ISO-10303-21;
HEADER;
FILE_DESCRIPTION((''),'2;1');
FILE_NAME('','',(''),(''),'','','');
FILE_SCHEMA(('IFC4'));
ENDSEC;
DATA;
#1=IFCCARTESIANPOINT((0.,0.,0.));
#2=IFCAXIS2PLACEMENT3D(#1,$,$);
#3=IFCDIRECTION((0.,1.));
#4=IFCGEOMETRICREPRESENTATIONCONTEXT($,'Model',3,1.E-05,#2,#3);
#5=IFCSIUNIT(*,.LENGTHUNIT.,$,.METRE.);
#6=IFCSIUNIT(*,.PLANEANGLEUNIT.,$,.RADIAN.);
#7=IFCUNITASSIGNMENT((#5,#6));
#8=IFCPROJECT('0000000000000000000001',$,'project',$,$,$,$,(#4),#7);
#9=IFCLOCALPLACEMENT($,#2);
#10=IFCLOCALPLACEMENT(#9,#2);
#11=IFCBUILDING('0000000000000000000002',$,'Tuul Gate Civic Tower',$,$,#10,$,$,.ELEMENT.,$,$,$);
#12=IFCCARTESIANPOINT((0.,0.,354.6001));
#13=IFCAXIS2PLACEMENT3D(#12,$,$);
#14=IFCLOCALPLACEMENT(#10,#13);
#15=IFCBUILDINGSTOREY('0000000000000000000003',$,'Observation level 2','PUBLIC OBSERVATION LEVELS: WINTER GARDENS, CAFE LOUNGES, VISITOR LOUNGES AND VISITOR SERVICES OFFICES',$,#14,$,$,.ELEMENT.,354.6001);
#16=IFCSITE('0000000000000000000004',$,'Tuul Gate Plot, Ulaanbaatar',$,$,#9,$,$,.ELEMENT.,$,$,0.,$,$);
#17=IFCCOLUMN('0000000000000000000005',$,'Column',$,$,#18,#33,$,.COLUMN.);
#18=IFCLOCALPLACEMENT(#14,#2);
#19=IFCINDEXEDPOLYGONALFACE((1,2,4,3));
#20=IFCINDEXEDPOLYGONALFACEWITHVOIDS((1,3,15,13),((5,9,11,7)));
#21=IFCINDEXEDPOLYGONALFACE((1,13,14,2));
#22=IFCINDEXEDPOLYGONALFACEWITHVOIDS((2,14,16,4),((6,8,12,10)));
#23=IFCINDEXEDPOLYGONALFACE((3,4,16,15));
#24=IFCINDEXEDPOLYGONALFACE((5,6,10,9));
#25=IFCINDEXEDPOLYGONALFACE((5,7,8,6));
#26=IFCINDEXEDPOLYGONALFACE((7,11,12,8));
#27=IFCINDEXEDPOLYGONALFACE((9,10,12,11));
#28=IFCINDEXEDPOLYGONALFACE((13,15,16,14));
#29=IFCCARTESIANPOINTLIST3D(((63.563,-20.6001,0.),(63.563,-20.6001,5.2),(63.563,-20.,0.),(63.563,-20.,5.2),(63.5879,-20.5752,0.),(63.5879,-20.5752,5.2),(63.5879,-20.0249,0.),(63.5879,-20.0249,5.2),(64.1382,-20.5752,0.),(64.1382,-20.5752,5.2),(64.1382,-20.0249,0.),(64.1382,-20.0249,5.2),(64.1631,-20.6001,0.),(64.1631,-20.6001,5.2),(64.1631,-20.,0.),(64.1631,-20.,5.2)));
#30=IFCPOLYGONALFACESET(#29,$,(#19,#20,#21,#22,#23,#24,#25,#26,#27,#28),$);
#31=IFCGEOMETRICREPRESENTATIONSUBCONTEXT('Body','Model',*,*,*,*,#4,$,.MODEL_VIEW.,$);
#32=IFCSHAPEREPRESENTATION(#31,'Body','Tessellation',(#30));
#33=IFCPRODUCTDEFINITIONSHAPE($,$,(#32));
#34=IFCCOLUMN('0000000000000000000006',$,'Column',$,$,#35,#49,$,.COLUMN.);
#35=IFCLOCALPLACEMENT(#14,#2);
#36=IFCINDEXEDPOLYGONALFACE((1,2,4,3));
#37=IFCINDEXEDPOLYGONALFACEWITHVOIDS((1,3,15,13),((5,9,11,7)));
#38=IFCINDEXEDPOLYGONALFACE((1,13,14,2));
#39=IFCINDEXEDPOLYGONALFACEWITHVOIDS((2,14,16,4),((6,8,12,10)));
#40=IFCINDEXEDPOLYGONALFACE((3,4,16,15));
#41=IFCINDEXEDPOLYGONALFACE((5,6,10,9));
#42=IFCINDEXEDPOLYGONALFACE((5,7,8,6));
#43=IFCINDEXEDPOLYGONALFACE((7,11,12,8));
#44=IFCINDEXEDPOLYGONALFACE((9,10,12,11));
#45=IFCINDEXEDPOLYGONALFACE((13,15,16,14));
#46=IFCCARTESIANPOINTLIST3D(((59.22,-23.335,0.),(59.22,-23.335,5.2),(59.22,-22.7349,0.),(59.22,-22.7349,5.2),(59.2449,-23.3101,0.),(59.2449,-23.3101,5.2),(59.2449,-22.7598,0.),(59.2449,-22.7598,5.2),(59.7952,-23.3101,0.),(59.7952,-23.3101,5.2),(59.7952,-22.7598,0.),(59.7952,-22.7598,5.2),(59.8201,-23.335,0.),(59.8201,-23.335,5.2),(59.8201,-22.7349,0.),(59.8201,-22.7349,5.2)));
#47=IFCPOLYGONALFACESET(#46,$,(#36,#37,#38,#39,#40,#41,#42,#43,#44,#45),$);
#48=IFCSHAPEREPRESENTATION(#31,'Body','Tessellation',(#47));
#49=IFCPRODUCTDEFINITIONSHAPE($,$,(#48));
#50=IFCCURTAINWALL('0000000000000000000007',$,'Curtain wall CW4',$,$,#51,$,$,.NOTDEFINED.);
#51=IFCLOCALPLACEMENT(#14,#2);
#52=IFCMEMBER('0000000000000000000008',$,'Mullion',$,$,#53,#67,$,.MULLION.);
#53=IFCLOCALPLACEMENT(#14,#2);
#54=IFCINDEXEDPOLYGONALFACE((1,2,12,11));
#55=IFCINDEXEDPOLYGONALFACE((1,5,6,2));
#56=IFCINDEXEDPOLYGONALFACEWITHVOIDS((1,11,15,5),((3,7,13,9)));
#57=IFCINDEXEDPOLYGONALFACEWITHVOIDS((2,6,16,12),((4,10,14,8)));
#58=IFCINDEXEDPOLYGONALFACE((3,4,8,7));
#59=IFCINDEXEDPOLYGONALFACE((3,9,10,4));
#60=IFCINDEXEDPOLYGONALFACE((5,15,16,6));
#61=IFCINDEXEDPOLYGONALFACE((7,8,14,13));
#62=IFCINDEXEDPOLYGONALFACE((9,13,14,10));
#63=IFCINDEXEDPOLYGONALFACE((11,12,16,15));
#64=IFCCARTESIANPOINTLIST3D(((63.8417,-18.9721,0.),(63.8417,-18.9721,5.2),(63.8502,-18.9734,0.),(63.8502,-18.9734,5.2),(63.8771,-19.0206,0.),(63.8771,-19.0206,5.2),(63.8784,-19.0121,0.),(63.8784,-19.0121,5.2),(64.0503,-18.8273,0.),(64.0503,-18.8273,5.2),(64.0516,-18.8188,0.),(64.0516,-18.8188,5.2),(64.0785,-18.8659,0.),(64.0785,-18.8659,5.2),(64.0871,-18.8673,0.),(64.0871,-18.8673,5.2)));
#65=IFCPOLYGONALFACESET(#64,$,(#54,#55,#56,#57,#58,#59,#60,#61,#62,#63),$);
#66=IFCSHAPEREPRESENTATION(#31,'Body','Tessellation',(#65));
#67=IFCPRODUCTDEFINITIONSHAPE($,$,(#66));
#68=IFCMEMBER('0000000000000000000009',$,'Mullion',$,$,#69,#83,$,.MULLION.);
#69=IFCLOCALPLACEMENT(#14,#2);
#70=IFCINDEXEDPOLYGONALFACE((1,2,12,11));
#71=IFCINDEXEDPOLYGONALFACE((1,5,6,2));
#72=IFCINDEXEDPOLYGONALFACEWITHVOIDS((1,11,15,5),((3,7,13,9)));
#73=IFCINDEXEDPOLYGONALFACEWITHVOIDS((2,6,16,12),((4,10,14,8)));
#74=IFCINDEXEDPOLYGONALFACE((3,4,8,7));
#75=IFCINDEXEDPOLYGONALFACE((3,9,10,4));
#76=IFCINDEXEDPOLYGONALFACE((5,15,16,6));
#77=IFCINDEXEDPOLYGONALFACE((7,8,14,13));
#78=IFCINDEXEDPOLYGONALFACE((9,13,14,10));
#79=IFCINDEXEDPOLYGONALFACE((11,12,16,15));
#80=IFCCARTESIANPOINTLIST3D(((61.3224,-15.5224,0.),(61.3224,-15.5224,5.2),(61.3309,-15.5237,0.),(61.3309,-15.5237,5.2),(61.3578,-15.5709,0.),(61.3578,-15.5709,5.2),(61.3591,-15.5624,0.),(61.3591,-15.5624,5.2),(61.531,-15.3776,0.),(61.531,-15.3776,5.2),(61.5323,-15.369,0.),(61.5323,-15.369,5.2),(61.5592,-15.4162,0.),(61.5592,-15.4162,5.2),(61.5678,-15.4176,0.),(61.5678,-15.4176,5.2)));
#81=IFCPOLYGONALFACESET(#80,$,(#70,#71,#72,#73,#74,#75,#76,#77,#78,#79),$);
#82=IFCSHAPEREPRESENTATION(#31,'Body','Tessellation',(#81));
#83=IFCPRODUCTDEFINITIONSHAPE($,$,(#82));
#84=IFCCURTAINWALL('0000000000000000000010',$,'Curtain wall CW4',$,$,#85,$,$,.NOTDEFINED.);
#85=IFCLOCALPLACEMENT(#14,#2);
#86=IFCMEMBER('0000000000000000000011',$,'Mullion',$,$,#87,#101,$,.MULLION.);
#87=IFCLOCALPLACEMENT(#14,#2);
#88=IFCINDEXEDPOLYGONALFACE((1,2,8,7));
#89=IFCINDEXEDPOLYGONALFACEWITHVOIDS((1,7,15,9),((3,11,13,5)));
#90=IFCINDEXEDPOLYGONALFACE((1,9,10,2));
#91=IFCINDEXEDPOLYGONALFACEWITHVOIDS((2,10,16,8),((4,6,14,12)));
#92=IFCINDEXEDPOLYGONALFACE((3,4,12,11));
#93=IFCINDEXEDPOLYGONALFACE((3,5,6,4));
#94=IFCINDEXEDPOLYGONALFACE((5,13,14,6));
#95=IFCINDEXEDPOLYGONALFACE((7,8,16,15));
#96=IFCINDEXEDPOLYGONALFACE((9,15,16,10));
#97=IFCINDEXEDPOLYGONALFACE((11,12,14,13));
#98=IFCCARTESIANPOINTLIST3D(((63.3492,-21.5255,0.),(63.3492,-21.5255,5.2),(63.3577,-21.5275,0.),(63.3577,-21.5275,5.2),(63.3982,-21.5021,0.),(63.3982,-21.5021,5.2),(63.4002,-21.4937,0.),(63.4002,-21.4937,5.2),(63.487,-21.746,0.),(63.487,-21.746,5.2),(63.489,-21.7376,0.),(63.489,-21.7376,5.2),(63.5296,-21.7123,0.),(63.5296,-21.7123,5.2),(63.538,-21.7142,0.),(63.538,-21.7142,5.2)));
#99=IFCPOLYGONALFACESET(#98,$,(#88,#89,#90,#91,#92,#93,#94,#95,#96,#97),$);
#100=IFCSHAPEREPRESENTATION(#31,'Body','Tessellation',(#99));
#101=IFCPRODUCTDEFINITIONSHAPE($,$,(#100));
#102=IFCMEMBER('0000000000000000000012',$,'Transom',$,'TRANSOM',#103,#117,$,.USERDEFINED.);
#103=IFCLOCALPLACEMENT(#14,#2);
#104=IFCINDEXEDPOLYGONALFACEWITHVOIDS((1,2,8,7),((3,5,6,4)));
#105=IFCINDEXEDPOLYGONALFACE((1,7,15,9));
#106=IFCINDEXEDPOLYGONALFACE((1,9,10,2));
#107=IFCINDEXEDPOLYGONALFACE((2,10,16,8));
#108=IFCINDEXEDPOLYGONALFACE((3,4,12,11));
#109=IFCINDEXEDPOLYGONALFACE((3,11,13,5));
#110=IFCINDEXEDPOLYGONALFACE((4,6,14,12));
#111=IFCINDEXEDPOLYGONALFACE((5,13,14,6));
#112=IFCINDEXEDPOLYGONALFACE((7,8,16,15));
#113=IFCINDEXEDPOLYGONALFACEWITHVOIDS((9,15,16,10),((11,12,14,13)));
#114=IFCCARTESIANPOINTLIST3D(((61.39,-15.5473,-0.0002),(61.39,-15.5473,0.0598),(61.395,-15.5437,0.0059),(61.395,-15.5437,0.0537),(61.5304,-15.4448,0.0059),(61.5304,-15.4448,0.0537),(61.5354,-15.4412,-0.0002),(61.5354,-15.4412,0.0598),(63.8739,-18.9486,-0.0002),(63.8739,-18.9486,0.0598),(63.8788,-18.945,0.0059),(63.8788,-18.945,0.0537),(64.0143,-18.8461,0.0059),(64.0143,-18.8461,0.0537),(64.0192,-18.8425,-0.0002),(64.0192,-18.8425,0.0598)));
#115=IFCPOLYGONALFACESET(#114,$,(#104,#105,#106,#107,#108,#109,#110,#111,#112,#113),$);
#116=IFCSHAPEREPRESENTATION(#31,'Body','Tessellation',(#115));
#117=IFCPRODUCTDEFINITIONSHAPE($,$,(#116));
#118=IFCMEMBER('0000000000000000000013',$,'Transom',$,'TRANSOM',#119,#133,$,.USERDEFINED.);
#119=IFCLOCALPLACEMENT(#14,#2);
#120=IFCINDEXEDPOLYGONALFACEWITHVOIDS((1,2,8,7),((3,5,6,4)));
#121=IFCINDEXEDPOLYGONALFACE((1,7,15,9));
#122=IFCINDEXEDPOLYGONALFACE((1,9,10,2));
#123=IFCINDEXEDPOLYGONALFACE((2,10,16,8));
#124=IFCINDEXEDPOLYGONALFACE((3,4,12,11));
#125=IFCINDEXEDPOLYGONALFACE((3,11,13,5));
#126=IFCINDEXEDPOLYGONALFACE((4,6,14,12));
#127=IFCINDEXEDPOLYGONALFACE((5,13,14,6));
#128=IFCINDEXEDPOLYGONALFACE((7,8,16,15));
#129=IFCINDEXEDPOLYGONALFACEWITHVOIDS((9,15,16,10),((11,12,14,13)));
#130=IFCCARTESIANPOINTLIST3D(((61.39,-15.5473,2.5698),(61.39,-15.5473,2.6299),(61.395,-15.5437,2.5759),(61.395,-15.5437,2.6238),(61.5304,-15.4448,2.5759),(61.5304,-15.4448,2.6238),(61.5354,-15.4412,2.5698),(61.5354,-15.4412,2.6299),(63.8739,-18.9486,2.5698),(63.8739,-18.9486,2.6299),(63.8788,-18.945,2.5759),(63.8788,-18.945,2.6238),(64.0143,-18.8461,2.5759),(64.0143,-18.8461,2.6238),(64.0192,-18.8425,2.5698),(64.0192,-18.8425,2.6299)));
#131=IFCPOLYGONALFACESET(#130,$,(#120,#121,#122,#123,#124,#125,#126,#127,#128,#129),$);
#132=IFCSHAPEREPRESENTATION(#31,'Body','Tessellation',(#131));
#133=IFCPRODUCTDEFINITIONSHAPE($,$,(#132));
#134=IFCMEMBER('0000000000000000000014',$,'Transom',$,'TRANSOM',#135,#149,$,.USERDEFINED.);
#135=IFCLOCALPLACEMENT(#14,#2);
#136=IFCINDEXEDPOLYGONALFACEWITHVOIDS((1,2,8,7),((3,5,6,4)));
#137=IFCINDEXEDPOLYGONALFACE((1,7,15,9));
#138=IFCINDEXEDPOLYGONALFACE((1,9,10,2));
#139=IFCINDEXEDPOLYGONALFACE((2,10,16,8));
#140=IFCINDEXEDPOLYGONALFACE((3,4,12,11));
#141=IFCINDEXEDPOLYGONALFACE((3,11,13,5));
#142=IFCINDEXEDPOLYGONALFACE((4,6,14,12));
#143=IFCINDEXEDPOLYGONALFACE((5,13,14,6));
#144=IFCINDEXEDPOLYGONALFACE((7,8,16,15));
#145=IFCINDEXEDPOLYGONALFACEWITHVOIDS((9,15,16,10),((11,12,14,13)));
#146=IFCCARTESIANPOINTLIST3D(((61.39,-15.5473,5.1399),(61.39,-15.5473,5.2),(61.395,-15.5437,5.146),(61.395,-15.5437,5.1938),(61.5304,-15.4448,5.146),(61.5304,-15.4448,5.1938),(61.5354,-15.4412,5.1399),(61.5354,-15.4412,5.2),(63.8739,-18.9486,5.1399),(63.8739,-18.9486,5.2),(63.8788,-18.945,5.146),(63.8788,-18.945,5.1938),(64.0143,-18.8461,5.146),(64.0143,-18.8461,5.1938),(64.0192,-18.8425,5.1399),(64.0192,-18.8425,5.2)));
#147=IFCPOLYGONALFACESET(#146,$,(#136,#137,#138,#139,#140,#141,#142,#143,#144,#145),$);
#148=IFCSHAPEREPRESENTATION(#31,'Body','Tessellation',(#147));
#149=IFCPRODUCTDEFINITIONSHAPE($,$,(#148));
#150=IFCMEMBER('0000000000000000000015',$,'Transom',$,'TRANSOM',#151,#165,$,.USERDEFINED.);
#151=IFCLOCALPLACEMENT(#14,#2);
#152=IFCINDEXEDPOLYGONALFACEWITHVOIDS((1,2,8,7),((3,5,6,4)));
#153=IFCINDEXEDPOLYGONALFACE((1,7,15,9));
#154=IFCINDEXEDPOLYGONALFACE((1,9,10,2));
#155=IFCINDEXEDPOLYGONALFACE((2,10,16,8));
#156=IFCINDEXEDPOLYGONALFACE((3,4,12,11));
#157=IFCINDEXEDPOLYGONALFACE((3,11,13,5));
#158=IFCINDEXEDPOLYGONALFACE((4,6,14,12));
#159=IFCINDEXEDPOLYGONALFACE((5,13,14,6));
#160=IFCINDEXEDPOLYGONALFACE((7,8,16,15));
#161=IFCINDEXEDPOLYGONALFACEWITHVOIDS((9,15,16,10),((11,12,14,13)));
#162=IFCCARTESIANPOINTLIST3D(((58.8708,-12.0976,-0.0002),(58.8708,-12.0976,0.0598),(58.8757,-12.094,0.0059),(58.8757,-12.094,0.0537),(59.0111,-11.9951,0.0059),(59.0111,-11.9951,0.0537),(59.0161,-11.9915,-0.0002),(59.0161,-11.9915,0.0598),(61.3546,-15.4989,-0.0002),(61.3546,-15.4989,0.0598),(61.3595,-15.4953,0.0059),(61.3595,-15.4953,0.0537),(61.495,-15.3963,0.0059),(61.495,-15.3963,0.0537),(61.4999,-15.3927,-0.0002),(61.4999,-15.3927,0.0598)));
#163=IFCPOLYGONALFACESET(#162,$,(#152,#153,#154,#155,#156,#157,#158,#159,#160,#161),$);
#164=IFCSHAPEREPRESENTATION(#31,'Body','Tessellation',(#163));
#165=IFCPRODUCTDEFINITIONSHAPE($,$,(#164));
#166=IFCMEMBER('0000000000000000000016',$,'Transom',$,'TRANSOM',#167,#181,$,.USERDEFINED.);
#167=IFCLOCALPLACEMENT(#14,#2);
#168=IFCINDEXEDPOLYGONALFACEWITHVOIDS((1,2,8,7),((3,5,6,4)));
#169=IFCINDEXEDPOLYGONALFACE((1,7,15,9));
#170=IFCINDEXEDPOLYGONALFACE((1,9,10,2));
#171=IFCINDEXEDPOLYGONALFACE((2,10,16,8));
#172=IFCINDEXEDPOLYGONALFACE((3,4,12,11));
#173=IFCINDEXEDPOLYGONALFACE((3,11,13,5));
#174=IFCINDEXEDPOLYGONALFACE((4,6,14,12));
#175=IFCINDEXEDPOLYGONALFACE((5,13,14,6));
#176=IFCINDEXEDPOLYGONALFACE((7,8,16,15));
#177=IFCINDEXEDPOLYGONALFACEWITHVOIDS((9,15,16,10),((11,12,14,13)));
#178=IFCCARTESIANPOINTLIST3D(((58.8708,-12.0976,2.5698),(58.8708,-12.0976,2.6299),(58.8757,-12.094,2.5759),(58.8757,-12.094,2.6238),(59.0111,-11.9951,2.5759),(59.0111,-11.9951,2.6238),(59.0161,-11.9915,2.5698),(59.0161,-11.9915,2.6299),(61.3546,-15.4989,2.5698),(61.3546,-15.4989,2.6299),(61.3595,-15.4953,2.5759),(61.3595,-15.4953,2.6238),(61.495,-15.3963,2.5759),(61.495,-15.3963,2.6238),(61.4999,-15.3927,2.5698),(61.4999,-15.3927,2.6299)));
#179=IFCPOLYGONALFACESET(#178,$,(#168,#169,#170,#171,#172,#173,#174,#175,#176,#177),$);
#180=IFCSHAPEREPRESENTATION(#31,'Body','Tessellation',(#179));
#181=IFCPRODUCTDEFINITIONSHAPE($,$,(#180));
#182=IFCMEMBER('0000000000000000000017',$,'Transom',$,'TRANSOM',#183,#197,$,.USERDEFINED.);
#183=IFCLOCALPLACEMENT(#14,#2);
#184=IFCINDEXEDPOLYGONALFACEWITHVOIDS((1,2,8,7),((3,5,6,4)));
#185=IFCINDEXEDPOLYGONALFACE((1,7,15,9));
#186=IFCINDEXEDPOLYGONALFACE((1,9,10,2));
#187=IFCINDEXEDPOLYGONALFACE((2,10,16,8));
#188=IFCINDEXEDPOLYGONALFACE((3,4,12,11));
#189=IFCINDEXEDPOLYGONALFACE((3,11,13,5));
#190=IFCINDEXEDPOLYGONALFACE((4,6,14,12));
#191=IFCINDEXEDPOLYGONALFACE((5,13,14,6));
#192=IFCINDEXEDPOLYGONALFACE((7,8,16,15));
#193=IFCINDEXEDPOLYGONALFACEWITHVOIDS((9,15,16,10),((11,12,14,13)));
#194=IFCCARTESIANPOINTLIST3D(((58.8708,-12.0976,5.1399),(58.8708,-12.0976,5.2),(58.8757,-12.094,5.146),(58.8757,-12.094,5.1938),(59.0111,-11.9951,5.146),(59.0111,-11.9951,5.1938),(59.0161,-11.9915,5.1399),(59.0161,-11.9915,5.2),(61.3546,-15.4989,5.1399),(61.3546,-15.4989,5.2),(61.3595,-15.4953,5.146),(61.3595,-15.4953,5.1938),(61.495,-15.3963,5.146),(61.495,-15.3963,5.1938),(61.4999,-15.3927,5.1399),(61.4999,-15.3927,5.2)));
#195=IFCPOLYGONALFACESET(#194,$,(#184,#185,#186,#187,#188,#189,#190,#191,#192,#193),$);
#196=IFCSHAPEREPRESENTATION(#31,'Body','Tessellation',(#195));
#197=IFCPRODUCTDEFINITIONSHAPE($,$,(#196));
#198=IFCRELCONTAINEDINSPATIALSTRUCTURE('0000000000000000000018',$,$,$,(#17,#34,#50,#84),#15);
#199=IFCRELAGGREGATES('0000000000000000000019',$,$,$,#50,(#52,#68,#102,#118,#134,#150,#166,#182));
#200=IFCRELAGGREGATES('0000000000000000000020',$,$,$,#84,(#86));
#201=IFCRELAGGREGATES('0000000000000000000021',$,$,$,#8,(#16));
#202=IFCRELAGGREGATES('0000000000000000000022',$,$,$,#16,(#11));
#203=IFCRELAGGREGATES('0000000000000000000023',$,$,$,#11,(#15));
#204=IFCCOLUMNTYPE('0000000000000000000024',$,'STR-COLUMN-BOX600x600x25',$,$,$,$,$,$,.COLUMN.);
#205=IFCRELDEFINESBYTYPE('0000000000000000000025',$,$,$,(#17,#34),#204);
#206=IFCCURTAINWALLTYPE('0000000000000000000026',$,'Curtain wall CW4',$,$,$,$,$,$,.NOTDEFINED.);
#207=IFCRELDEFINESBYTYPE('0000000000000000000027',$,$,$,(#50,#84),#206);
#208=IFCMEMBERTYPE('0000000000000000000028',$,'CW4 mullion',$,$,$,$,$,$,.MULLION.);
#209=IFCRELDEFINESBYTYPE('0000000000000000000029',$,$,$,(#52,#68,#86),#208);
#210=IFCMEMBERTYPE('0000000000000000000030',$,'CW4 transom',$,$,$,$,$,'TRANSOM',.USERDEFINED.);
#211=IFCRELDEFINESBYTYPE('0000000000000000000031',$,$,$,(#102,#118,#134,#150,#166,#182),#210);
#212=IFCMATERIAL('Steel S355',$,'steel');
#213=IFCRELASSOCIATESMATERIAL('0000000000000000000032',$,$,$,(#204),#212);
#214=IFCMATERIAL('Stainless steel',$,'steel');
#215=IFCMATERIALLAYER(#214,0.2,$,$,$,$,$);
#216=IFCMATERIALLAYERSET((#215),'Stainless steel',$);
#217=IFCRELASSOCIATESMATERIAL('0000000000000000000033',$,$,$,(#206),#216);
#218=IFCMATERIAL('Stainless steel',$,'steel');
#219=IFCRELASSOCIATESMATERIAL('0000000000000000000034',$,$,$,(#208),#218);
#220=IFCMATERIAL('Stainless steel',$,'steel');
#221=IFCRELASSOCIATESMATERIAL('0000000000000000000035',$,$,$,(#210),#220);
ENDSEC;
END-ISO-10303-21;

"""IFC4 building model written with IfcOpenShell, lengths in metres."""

from ifc_helpers import new_model, si_unit, direction, frame, origin, origin_2d, place, context, subcontext, project, spatial, hollow_rectangle, extrude, material, layer, layer_set, material_profile, profile_set, type_object, element, aggregate, save


model = new_model("IFC4")

# Units and contexts
model_context = context("Model", 3, precision=1e-05, world=origin(), true_north=direction((0.0, 1.0)))
body_context = subcontext(model_context, "Body", "Model", "MODEL_VIEW")
ifc_project = project(units=[si_unit("LENGTHUNIT", "METRE"), si_unit("PLANEANGLEUNIT", "RADIAN")], contexts=[model_context])

# Site, building, storey
site_placement = place(None, origin())
site = spatial("IfcSite", under=ifc_project, at=site_placement, Name="Tuul Gate Plot, Ulaanbaatar", CompositionType="ELEMENT", RefElevation=0.0)
building_placement = place(site_placement, origin())
building = spatial("IfcBuilding", under=site, at=building_placement, Name="Tuul Gate Civic Tower", CompositionType="ELEMENT")
storey_placement = place(building_placement, frame((0.0, 0.0, 354.6001)))
storey = spatial("IfcBuildingStorey", under=building, at=storey_placement, Name="Observation level 2", Description="PUBLIC OBSERVATION LEVELS: WINTER GARDENS, CAFE LOUNGES, VISITOR LOUNGES AND VISITOR SERVICES OFFICES", CompositionType="ELEMENT", Elevation=354.6001)

# Columns
ifc_material_1 = material(Name="Steel S355", Category="steel")
ifc_material_profile_1 = material_profile(ifc_material_1, hollow_rectangle(XDim=0.6001, YDim=0.6001, WallThickness=0.0249, at=origin_2d()), Name="BOX600x600x25")
ifc_profile_set_1 = profile_set([ifc_material_profile_1], Name="Steel S355")
column_type = type_object("IfcColumnType", Name="STR-COLUMN-BOX600x600x25", PredefinedType="COLUMN", material=ifc_profile_set_1)
for number, where, z_axis, x_axis, name in (
    (1, (63.863, -20.3, 0.0), (0.0, 0.0, 1.0), (1.0, 0.0, 0.0), "Column"),
    (2, (59.52, -23.0349, 0.0), (0.0, 0.0, 1.0), (1.0, 0.0, 0.0), "Column"),
):
    element("IfcColumn", number, at=place(storey_placement, frame(where, z_axis=z_axis, x_axis=x_axis)), inside=storey, type_object=column_type, Name=name, PredefinedType="COLUMN", context=body_context, shape_type="SweptSolid", body=[
        extrude(hollow_rectangle(XDim=0.6001, YDim=0.6001, WallThickness=0.0249, at=origin_2d()), origin(), (0.0, 0.0, 1.0), 5.2),
    ])

# Curtain wall, members
ifc_material_2 = material(Name="Stainless steel", Category="steel")
ifc_layer_1 = layer(ifc_material_2, 0.2)
ifc_layer_set_1 = layer_set([ifc_layer_1], Name="Stainless steel")
curtain_wall_type = type_object("IfcCurtainWallType", Name="Curtain wall CW4", PredefinedType="NOTDEFINED", material=ifc_layer_set_1)
curtain_wall_1_placement = place(storey_placement, origin())
curtain_wall_1 = element("IfcCurtainWall", 3, at=curtain_wall_1_placement, inside=storey, type_object=curtain_wall_type, Name="Curtain wall CW4", PredefinedType="NOTDEFINED")
ifc_material_3 = material(Name="Stainless steel", Category="steel")
ifc_material_profile_2 = material_profile(ifc_material_3, hollow_rectangle(XDim=0.26, YDim=0.0601, WallThickness=0.0061, at=origin_2d()), Name="CW4 mullion")
ifc_profile_set_2 = profile_set([ifc_material_profile_2], Name="Stainless steel")
member_type_1 = type_object("IfcMemberType", Name="CW4 mullion", PredefinedType="MULLION", material=ifc_profile_set_2)
member_1_placement = place(storey_placement, frame((63.9644, -18.9197, 0.0), z_axis=(0.0, 0.0, 1.0), x_axis=(-0.807578, -0.58976, 0.0)))
member_1 = element("IfcMember", 4, at=member_1_placement, type_object=member_type_1, Name="Mullion", PredefinedType="MULLION", context=body_context, shape_type="SweptSolid", body=[
    extrude(hollow_rectangle(XDim=0.26, YDim=0.0601, WallThickness=0.0061, at=origin_2d()), origin(), (0.0, 0.0, 1.0), 5.2),
])
member_2_placement = place(storey_placement, frame((61.4451, -15.47, 0.0), z_axis=(0.0, 0.0, 1.0), x_axis=(-0.807578, -0.58976, 0.0)))
member_2 = element("IfcMember", 5, at=member_2_placement, type_object=member_type_1, Name="Mullion", PredefinedType="MULLION", context=body_context, shape_type="SweptSolid", body=[
    extrude(hollow_rectangle(XDim=0.26, YDim=0.0601, WallThickness=0.0061, at=origin_2d()), origin(), (0.0, 0.0, 1.0), 5.2),
])

# Curtain wall, member
curtain_wall_2_placement = place(storey_placement, origin())
curtain_wall_2 = element("IfcCurtainWall", 6, at=curtain_wall_2_placement, inside=storey, type_object=curtain_wall_type, Name="Curtain wall CW4", PredefinedType="NOTDEFINED")
member_3_placement = place(storey_placement, frame((63.4436, -21.6199, 0.0), z_axis=(0.0, 0.0, 1.0), x_axis=(-0.529912, 0.848053, 0.0)))
member_3 = element("IfcMember", 7, at=member_3_placement, type_object=member_type_1, Name="Mullion", PredefinedType="MULLION", context=body_context, shape_type="SweptSolid", body=[
    extrude(hollow_rectangle(XDim=0.26, YDim=0.0601, WallThickness=0.0061, at=origin_2d()), origin(), (0.0, 0.0, 1.0), 5.2),
])

# Members
ifc_material_4 = material(Name="Stainless steel", Category="steel")
ifc_material_profile_3 = material_profile(ifc_material_4, hollow_rectangle(XDim=0.1799, YDim=0.0601, WallThickness=0.0061, at=origin_2d()), Name="CW4 transom")
ifc_profile_set_3 = profile_set([ifc_material_profile_3], Name="Stainless steel")
member_type_2 = type_object("IfcMemberType", Name="CW4 transom", ElementType="TRANSOM", PredefinedType="USERDEFINED", material=ifc_profile_set_3)
member_4_placement = place(storey_placement, frame((63.9465, -18.8955, 0.0298), z_axis=(-0.589749, 0.807586, 0.0), x_axis=(-0.807586, -0.589749, 0.0)))
member_4 = element("IfcMember", 8, at=member_4_placement, type_object=member_type_2, Name="Transom", ObjectType="TRANSOM", PredefinedType="USERDEFINED", context=body_context, shape_type="SweptSolid", body=[
    extrude(hollow_rectangle(XDim=0.1799, YDim=0.0601, WallThickness=0.0061, at=origin_2d()), origin(), (0.0, 0.0, 1.0), 4.2117),
])
member_5_placement = place(storey_placement, frame((63.9465, -18.8955, 2.5999), z_axis=(-0.589749, 0.807586, 0.0), x_axis=(-0.807586, -0.589749, 0.0)))
member_5 = element("IfcMember", 9, at=member_5_placement, type_object=member_type_2, Name="Transom", ObjectType="TRANSOM", PredefinedType="USERDEFINED", context=body_context, shape_type="SweptSolid", body=[
    extrude(hollow_rectangle(XDim=0.1799, YDim=0.0601, WallThickness=0.0061, at=origin_2d()), origin(), (0.0, 0.0, 1.0), 4.2117),
])
member_6_placement = place(storey_placement, frame((63.9465, -18.8955, 5.1699), z_axis=(-0.589749, 0.807586, 0.0), x_axis=(-0.807586, -0.589749, 0.0)))
member_6 = element("IfcMember", 10, at=member_6_placement, type_object=member_type_2, Name="Transom", ObjectType="TRANSOM", PredefinedType="USERDEFINED", context=body_context, shape_type="SweptSolid", body=[
    extrude(hollow_rectangle(XDim=0.1799, YDim=0.0601, WallThickness=0.0061, at=origin_2d()), origin(), (0.0, 0.0, 1.0), 4.2117),
])
member_7_placement = place(storey_placement, frame((61.4272, -15.4458, 0.0298), z_axis=(-0.589749, 0.807586, 0.0), x_axis=(-0.807586, -0.589749, 0.0)))
member_7 = element("IfcMember", 11, at=member_7_placement, type_object=member_type_2, Name="Transom", ObjectType="TRANSOM", PredefinedType="USERDEFINED", context=body_context, shape_type="SweptSolid", body=[
    extrude(hollow_rectangle(XDim=0.1799, YDim=0.0601, WallThickness=0.0061, at=origin_2d()), origin(), (0.0, 0.0, 1.0), 4.2117),
])
member_8_placement = place(storey_placement, frame((61.4272, -15.4458, 2.5999), z_axis=(-0.589749, 0.807586, 0.0), x_axis=(-0.807586, -0.589749, 0.0)))
member_8 = element("IfcMember", 12, at=member_8_placement, type_object=member_type_2, Name="Transom", ObjectType="TRANSOM", PredefinedType="USERDEFINED", context=body_context, shape_type="SweptSolid", body=[
    extrude(hollow_rectangle(XDim=0.1799, YDim=0.0601, WallThickness=0.0061, at=origin_2d()), origin(), (0.0, 0.0, 1.0), 4.2117),
])
member_9_placement = place(storey_placement, frame((61.4272, -15.4458, 5.1699), z_axis=(-0.589749, 0.807586, 0.0), x_axis=(-0.807586, -0.589749, 0.0)))
member_9 = element("IfcMember", 13, at=member_9_placement, type_object=member_type_2, Name="Transom", ObjectType="TRANSOM", PredefinedType="USERDEFINED", context=body_context, shape_type="SweptSolid", body=[
    extrude(hollow_rectangle(XDim=0.1799, YDim=0.0601, WallThickness=0.0061, at=origin_2d()), origin(), (0.0, 0.0, 1.0), 4.2117),
])

aggregate(curtain_wall_1, [member_1, member_2, member_4, member_5, member_6, member_7, member_8, member_9])
aggregate(curtain_wall_2, [member_3])

save(model, "model.ifc")
